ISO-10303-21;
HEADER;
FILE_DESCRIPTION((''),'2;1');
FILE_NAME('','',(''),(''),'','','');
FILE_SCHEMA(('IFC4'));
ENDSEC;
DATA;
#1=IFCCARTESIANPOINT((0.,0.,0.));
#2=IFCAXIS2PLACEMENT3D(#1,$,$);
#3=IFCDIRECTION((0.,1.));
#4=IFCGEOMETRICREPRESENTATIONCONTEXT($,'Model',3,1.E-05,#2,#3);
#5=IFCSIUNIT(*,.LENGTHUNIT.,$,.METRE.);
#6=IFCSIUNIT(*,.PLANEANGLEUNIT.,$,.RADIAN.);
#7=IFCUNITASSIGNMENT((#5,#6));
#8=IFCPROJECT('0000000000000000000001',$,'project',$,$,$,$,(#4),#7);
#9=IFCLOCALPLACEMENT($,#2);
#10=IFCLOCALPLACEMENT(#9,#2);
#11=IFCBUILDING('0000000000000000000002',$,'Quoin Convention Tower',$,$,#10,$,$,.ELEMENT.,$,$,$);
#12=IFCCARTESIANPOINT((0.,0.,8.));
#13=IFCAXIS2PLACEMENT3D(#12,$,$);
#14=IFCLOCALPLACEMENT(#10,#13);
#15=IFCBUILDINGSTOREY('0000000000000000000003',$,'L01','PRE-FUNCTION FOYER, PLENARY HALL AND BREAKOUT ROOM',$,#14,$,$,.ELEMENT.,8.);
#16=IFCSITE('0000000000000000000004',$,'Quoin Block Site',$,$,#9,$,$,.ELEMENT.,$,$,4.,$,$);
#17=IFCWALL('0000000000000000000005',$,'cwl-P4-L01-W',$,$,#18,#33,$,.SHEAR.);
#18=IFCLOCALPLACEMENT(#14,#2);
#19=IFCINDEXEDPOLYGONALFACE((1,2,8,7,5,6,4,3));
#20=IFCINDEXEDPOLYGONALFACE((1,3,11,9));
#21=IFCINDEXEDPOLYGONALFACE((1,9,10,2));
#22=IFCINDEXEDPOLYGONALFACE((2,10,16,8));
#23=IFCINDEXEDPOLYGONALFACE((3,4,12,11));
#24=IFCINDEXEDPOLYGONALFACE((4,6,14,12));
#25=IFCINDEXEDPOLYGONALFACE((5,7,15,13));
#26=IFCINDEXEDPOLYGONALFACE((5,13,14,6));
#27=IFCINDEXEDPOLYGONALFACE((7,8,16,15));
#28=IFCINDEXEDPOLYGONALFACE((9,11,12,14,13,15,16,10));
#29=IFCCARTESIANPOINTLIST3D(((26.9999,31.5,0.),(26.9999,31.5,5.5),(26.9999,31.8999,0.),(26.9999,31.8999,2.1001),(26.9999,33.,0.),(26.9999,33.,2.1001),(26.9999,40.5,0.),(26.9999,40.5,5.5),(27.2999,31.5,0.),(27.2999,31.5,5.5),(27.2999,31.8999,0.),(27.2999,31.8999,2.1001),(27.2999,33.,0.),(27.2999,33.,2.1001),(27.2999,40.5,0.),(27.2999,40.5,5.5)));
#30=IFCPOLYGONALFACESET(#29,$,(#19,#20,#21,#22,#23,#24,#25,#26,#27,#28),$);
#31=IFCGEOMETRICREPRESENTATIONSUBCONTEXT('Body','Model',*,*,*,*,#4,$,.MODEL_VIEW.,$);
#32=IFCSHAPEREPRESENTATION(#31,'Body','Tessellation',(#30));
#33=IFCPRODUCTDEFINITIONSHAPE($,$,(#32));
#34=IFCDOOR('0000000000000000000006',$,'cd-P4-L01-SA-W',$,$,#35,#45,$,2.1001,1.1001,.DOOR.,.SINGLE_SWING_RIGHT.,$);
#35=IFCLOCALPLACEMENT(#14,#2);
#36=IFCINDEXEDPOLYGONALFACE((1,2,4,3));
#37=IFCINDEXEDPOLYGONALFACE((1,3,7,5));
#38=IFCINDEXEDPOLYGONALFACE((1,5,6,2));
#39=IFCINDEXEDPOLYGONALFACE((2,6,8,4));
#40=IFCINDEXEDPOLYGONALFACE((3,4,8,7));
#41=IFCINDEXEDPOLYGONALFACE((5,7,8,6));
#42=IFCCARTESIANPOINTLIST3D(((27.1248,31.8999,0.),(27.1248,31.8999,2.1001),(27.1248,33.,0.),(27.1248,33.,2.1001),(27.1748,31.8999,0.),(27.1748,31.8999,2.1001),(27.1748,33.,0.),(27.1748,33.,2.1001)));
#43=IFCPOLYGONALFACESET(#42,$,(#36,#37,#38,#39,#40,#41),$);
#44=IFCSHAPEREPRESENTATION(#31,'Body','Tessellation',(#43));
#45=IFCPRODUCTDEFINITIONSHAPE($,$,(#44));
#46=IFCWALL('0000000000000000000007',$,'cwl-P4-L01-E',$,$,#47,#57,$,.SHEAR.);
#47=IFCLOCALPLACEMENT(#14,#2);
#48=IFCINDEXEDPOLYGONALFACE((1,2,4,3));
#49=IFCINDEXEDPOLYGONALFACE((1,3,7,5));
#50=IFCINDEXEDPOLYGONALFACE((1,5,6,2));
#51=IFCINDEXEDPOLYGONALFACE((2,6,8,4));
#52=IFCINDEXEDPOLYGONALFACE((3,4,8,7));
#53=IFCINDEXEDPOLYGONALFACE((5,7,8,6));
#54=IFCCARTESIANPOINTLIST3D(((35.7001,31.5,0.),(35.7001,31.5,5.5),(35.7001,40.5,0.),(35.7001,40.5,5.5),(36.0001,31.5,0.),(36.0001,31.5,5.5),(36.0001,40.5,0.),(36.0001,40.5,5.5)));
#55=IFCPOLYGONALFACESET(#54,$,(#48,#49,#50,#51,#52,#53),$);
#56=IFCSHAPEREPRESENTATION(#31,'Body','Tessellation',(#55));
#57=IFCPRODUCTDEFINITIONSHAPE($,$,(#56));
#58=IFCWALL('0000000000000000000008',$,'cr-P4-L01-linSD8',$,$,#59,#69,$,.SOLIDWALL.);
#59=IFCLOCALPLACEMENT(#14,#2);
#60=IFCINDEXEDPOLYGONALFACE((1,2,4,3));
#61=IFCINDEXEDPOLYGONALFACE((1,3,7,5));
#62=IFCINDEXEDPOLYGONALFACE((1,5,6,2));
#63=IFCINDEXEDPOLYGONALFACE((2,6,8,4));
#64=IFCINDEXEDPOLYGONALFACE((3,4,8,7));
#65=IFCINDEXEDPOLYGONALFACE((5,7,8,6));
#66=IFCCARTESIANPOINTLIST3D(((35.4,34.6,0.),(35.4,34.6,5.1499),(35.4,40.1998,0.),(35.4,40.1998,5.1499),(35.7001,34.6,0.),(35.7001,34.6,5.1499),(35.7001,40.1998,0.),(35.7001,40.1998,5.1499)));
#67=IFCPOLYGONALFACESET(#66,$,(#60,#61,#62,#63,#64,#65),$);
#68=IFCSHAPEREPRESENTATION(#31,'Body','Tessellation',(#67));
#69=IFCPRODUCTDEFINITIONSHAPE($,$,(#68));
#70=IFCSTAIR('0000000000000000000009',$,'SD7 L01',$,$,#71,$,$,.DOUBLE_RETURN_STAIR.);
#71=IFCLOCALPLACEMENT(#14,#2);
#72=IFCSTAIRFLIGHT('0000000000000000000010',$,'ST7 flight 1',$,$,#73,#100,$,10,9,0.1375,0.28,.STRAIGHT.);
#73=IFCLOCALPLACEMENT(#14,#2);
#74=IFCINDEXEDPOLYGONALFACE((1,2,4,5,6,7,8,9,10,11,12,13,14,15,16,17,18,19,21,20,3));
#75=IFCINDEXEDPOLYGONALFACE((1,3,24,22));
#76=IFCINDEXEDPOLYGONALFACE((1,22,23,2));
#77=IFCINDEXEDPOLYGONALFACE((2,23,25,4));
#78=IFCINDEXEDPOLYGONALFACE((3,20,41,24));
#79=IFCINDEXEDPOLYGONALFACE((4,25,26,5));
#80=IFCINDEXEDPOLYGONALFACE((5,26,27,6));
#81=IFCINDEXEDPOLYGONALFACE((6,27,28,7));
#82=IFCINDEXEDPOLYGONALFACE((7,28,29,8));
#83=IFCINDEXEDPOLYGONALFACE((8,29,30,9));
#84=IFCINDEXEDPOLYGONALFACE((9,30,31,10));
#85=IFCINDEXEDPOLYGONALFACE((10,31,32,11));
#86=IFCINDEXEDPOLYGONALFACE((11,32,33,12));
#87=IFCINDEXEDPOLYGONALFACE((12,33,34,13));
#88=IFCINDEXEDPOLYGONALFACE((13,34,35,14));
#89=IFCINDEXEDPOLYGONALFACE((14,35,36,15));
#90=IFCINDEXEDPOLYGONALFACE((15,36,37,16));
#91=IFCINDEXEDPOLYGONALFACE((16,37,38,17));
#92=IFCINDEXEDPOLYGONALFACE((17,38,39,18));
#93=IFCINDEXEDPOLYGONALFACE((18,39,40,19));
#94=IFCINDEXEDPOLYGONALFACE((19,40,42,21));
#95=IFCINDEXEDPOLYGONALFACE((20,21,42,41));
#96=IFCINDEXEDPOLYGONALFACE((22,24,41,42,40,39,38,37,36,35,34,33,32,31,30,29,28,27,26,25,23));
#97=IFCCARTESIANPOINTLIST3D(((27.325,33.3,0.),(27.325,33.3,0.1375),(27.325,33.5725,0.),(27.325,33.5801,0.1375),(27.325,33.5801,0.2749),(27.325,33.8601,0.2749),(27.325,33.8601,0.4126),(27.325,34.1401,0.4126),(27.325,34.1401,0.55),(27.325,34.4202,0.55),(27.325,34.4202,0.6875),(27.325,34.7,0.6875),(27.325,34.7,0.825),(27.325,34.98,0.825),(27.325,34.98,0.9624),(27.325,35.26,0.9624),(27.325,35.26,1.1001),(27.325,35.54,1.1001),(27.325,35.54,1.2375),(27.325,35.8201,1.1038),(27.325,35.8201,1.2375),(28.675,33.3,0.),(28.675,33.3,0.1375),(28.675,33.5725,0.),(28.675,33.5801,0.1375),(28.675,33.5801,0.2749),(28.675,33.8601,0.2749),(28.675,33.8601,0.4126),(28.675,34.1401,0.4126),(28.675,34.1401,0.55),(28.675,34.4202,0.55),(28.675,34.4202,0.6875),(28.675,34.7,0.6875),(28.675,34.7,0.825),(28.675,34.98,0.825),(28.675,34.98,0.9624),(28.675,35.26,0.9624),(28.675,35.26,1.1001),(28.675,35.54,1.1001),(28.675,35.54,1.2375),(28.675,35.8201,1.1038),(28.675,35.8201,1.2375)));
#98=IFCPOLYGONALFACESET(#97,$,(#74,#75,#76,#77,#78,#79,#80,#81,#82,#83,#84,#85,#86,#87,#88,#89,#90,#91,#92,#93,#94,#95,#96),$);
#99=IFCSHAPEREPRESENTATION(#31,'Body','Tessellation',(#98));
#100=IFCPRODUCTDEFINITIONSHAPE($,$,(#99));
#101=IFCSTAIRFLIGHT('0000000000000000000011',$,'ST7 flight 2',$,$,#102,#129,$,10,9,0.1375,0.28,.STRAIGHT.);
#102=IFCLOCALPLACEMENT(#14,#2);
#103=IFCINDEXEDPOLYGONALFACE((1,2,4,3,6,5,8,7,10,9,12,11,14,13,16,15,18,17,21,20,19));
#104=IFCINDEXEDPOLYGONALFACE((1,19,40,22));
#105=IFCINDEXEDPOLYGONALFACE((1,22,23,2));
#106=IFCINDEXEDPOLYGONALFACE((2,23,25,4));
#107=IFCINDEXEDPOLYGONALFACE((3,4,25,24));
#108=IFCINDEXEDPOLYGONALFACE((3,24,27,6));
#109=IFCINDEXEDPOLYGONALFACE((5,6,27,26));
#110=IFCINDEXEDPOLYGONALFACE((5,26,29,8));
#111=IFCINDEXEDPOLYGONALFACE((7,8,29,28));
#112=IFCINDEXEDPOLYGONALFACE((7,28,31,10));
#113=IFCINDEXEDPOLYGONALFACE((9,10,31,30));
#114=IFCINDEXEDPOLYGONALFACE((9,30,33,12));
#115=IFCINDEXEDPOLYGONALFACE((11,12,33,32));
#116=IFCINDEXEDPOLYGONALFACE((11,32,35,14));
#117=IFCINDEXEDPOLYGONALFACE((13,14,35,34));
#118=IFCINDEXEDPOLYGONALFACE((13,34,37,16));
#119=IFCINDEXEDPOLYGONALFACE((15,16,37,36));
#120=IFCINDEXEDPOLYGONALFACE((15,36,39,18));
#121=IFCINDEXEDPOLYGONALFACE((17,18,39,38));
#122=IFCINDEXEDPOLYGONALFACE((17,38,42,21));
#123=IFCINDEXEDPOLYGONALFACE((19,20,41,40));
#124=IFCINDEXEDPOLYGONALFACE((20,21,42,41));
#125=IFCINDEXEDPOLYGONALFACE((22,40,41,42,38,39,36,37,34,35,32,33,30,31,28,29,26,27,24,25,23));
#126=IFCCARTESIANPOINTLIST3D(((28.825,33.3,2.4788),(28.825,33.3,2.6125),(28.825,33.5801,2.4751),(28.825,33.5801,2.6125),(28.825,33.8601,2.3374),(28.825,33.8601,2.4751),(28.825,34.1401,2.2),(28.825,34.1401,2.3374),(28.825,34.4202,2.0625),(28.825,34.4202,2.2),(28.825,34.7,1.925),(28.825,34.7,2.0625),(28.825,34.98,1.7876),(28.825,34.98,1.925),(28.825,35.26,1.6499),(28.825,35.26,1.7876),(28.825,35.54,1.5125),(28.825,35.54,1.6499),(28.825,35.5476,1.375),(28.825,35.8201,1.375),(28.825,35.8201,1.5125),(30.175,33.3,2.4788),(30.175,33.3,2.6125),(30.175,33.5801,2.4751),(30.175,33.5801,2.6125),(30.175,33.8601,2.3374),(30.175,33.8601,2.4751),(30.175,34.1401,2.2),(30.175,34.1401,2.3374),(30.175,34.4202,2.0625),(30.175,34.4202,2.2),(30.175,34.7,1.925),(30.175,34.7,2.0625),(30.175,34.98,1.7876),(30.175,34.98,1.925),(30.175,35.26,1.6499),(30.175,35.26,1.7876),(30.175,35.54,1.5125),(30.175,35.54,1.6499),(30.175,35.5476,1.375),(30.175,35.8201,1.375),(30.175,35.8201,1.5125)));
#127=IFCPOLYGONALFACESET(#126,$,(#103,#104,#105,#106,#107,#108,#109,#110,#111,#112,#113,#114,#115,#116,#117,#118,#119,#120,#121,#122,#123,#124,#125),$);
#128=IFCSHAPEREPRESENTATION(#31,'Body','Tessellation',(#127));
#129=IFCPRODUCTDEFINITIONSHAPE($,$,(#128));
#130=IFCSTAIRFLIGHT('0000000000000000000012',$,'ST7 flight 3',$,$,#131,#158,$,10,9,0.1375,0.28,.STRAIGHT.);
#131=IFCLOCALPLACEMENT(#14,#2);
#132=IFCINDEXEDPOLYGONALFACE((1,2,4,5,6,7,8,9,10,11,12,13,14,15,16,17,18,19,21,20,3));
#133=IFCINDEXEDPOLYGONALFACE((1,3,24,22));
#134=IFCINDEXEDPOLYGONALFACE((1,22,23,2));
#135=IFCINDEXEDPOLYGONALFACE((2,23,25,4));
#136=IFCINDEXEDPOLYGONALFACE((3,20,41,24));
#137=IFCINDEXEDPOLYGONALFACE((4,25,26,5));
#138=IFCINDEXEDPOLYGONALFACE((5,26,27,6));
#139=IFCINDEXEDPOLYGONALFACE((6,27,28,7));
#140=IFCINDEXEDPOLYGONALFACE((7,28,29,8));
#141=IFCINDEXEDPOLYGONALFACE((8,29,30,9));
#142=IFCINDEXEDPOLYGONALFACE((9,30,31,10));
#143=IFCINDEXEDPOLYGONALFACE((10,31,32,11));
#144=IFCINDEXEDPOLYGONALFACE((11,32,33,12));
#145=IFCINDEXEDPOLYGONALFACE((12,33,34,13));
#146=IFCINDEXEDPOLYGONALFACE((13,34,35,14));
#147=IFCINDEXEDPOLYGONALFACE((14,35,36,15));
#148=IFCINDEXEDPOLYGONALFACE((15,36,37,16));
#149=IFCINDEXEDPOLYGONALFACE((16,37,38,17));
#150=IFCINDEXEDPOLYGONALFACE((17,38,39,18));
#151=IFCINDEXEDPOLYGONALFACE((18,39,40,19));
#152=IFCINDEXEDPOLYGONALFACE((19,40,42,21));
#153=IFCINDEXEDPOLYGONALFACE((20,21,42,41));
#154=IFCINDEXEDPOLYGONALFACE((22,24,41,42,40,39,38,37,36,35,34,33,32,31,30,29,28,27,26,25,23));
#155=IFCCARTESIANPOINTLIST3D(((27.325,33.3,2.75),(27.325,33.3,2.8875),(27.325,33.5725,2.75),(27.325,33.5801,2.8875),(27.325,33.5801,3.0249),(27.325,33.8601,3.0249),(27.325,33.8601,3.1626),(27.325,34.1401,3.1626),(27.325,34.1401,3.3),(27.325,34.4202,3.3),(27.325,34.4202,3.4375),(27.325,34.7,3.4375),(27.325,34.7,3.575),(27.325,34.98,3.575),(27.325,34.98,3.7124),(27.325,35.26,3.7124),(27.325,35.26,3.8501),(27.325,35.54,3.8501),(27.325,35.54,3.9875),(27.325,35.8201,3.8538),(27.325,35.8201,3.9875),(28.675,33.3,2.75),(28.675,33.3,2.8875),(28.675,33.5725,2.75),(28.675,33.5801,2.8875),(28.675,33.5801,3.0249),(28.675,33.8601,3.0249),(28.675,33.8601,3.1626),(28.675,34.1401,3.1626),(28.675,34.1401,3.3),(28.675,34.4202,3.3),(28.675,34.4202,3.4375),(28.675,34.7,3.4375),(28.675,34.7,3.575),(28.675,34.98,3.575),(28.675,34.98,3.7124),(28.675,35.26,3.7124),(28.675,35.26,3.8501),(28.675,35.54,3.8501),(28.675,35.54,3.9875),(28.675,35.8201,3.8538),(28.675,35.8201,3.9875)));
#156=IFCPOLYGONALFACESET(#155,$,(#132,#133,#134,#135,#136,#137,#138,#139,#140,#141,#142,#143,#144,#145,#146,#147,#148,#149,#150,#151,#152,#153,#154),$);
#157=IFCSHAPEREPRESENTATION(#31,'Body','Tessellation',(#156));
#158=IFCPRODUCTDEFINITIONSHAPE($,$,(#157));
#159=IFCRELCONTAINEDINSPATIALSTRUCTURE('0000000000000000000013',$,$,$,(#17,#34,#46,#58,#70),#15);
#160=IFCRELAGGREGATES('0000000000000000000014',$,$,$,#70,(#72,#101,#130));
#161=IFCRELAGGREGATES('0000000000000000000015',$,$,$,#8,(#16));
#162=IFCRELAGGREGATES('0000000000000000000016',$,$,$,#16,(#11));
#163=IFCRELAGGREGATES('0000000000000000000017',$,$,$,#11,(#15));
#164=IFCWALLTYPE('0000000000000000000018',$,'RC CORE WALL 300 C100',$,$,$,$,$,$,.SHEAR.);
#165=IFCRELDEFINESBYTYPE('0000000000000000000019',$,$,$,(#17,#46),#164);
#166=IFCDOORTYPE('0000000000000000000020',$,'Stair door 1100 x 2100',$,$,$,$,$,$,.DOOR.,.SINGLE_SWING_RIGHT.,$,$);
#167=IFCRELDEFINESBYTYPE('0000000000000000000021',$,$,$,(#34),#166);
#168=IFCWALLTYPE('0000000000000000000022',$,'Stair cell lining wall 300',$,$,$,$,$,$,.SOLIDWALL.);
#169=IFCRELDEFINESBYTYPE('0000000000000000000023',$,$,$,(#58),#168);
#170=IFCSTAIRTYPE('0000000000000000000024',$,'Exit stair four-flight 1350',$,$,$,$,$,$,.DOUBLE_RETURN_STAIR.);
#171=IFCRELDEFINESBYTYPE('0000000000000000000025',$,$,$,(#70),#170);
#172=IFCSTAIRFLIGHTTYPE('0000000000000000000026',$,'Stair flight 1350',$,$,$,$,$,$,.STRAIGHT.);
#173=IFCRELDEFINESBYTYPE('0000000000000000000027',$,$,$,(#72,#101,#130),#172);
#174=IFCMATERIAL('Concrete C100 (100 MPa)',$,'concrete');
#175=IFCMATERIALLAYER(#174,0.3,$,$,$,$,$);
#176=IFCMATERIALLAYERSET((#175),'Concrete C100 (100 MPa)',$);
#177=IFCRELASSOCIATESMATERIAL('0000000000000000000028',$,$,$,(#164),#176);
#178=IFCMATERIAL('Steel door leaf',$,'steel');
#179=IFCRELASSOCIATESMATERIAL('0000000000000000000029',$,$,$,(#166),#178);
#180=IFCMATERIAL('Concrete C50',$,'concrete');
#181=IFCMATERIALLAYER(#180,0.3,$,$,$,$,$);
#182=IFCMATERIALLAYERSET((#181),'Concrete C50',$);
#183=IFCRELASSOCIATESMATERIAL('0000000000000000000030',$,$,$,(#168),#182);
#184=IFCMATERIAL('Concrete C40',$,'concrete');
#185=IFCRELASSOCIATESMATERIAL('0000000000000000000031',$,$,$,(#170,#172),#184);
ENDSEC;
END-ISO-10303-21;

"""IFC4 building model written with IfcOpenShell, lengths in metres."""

from ifc_helpers import new_model, si_unit, direction, frame, frame_2d, origin, place, context, subcontext, project, spatial, polyline, rectangle, outline, extrude, material, layer, layer_set, type_object, element, fill, aggregate, save


model = new_model("IFC4")

# Units and contexts
model_context = context("Model", 3, precision=1e-05, world=origin(), true_north=direction((0.0, 1.0)))
body_context = subcontext(model_context, "Body", "Model", "MODEL_VIEW")
ifc_project = project(units=[si_unit("LENGTHUNIT", "METRE"), si_unit("PLANEANGLEUNIT", "RADIAN")], contexts=[model_context])

# Site, building, storey
site_placement = place(None, origin())
site = spatial("IfcSite", under=ifc_project, at=site_placement, Name="Quoin Block Site", CompositionType="ELEMENT", RefElevation=4.0)
building_placement = place(site_placement, origin())
building = spatial("IfcBuilding", under=site, at=building_placement, Name="Quoin Convention Tower", CompositionType="ELEMENT")
storey_placement = place(building_placement, frame((0.0, 0.0, 8.0)))
storey = spatial("IfcBuildingStorey", under=building, at=storey_placement, Name="L01", Description="PRE-FUNCTION FOYER, PLENARY HALL AND BREAKOUT ROOM", CompositionType="ELEMENT", Elevation=8.0)

# Shared definitions
ifc_material_1 = material(Name="Concrete C100 (100 MPa)", Category="concrete")

# Shared definitions
ifc_material_2 = material(Name="Steel door leaf", Category="steel")

# Shared definitions
ifc_material_3 = material(Name="Concrete C50", Category="concrete")

# Wall, opening, door
ifc_layer_1 = layer(ifc_material_1, 0.3)
ifc_layer_set_1 = layer_set([ifc_layer_1], Name="Concrete C100 (100 MPa)")
wall_type_1 = type_object("IfcWallType", Name="RC CORE WALL 300 C100", PredefinedType="SHEAR", material=ifc_layer_set_1)
wall_1_placement = place(storey_placement, frame((27.1499, 31.5, 0.0), z_axis=(0.0, 0.0, 1.0), x_axis=(0.0, 1.0, 0.0)))
wall_1 = element("IfcWall", 1, at=wall_1_placement, inside=storey, type_object=wall_type_1, Name="cwl-P4-L01-W", PredefinedType="SHEAR", context=body_context, shape_type="SweptSolid", body=[
    extrude(rectangle(XDim=9.0, YDim=0.3, at=frame_2d((4.5, 0.0))), origin(), (0.0, 0.0, 1.0), 5.5),
])
opening_1_placement = place(wall_1_placement, frame((0.3999, 0.0, 0.0)))
opening_1 = element("IfcOpeningElement", 2, at=opening_1_placement, cuts=wall_1, PredefinedType="OPENING", context=body_context, shape_type="SweptSolid", body=[
    extrude(rectangle(XDim=1.1001, YDim=2.1001, at=frame_2d((0.55, 1.05))), frame((0.0, 0.1599, 0.0), z_axis=(0.0, -1.0, 0.0), x_axis=(1.0, 0.0, 0.0)), (0.0, 0.0, 1.0), 0.3201),
])
door_type_1 = type_object("IfcDoorType", Name="Stair door 1100 x 2100", OperationType="SINGLE_SWING_RIGHT", PredefinedType="DOOR", material=ifc_material_2)
door_1_placement = place(opening_1_placement, frame((1.1001, 0.0, 0.0), z_axis=(0.0, 0.0, 1.0), x_axis=(-1.0, 0.0, 0.0)))
door_1 = element("IfcDoor", 3, at=door_1_placement, inside=storey, type_object=door_type_1, Name="cd-P4-L01-SA-W", OperationType="SINGLE_SWING_RIGHT", OverallHeight=2.1001, OverallWidth=1.1001, PredefinedType="DOOR", context=body_context, shape_type="SweptSolid", body=[
    extrude(rectangle(XDim=1.1001, YDim=2.1001, at=frame_2d((0.55, 1.05))), frame((0.0, 0.0249, 0.0), z_axis=(0.0, -1.0, 0.0), x_axis=(1.0, 0.0, 0.0)), (0.0, 0.0, 1.0), 0.05),
])
fill(opening_1, door_1)

# Walls
wall_2_placement = place(storey_placement, frame((35.8501, 31.5, 0.0), z_axis=(0.0, 0.0, 1.0), x_axis=(0.0, 1.0, 0.0)))
element("IfcWall", 4, at=wall_2_placement, inside=storey, type_object=wall_type_1, Name="cwl-P4-L01-E", PredefinedType="SHEAR", context=body_context, shape_type="SweptSolid", body=[
    extrude(rectangle(XDim=9.0, YDim=0.3, at=frame_2d((4.5, 0.0))), origin(), (0.0, 0.0, 1.0), 5.5),
])
ifc_layer_2 = layer(ifc_material_3, 0.3)
ifc_layer_set_2 = layer_set([ifc_layer_2], Name="Concrete C50")
wall_type_2 = type_object("IfcWallType", Name="Stair cell lining wall 300", PredefinedType="SOLIDWALL", material=ifc_layer_set_2)
wall_3_placement = place(storey_placement, frame((35.55, 34.6001, 0.0), z_axis=(0.0, 0.0, 1.0), x_axis=(0.0, 1.0, 0.0)))
element("IfcWall", 5, at=wall_3_placement, inside=storey, type_object=wall_type_2, Name="cr-P4-L01-linSD8", PredefinedType="SOLIDWALL", context=body_context, shape_type="SweptSolid", body=[
    extrude(rectangle(XDim=5.5999, YDim=0.3, at=frame_2d((2.7998, 0.0))), origin(), (0.0, 0.0, 1.0), 5.1499),
])

# Stair, stair flights
ifc_material_4 = material(Name="Concrete C40", Category="concrete")
stair_type = type_object("IfcStairType", Name="Exit stair four-flight 1350", PredefinedType="DOUBLE_RETURN_STAIR", material=ifc_material_4)
stair_placement = place(storey_placement, origin())
stair = element("IfcStair", 6, at=stair_placement, inside=storey, type_object=stair_type, Name="SD7 L01", PredefinedType="DOUBLE_RETURN_STAIR")
stair_flight_type = type_object("IfcStairFlightType", Name="Stair flight 1350", PredefinedType="STRAIGHT", material=ifc_material_4)
stair_flight_1_placement = place(storey_placement, frame((28.0, 33.3, 0.0), z_axis=(0.0, 0.0, 1.0), x_axis=(0.0, 1.0, 0.0)))
stair_flight_1 = element("IfcStairFlight", 7, at=stair_flight_1_placement, type_object=stair_flight_type, Name="ST7 flight 1", NumberOfRisers=10, NumberOfTreads=9, PredefinedType="STRAIGHT", RiserHeight=0.1375, TreadLength=0.28, context=body_context, shape_type="SweptSolid", body=[
    extrude(outline(polyline([(0.0, 0.0), (0.0, 0.1375), (0.28, 0.1375), (0.28, 0.2749), (0.5601, 0.2749), (0.5601, 0.4126), (0.8401, 0.4126), (0.8401, 0.55), (1.1201, 0.55), (1.1201, 0.6875), (1.3999, 0.6875), (1.3999, 0.825), (1.6799, 0.825), (1.6799, 0.9624), (1.96, 0.9624), (1.96, 1.1001), (2.24, 1.1001), (2.24, 1.2375), (2.52, 1.2375), (2.52, 1.375), (2.52, 1.1038), (0.2725, 0.0), (0.0, 0.0)])), frame((0.0, 0.675, 0.0), z_axis=(0.0, -1.0, 0.0), x_axis=(1.0, 0.0, 0.0)), (0.0, 0.0, 1.0), 1.3501),
])
stair_flight_2_placement = place(storey_placement, frame((29.5, 35.8201, 1.375), z_axis=(0.0, 0.0, 1.0), x_axis=(0.0, -1.0, 0.0)))
stair_flight_2 = element("IfcStairFlight", 8, at=stair_flight_2_placement, type_object=stair_flight_type, Name="ST7 flight 2", NumberOfRisers=10, NumberOfTreads=9, PredefinedType="STRAIGHT", RiserHeight=0.1375, TreadLength=0.28, context=body_context, shape_type="SweptSolid", body=[
    extrude(outline(polyline([(0.0, 0.0), (0.0, 0.1375), (0.28, 0.1375), (0.28, 0.2749), (0.5601, 0.2749), (0.5601, 0.4126), (0.8401, 0.4126), (0.8401, 0.55), (1.1201, 0.55), (1.1201, 0.6875), (1.3999, 0.6875), (1.3999, 0.825), (1.6799, 0.825), (1.6799, 0.9624), (1.96, 0.9624), (1.96, 1.1001), (2.24, 1.1001), (2.24, 1.2375), (2.52, 1.2375), (2.52, 1.375), (2.52, 1.1038), (0.2725, 0.0), (0.0, 0.0)])), frame((0.0, 0.675, 0.0), z_axis=(0.0, -1.0, 0.0), x_axis=(1.0, 0.0, 0.0)), (0.0, 0.0, 1.0), 1.3501),
])
stair_flight_3_placement = place(storey_placement, frame((28.0, 33.3, 2.75), z_axis=(0.0, 0.0, 1.0), x_axis=(0.0, 1.0, 0.0)))
stair_flight_3 = element("IfcStairFlight", 9, at=stair_flight_3_placement, type_object=stair_flight_type, Name="ST7 flight 3", NumberOfRisers=10, NumberOfTreads=9, PredefinedType="STRAIGHT", RiserHeight=0.1375, TreadLength=0.28, context=body_context, shape_type="SweptSolid", body=[
    extrude(outline(polyline([(0.0, 0.0), (0.0, 0.1375), (0.28, 0.1375), (0.28, 0.2749), (0.5601, 0.2749), (0.5601, 0.4126), (0.8401, 0.4126), (0.8401, 0.55), (1.1201, 0.55), (1.1201, 0.6875), (1.3999, 0.6875), (1.3999, 0.825), (1.6799, 0.825), (1.6799, 0.9624), (1.96, 0.9624), (1.96, 1.1001), (2.24, 1.1001), (2.24, 1.2375), (2.52, 1.2375), (2.52, 1.375), (2.52, 1.1038), (0.2725, 0.0), (0.0, 0.0)])), frame((0.0, 0.675, 0.0), z_axis=(0.0, -1.0, 0.0), x_axis=(1.0, 0.0, 0.0)), (0.0, 0.0, 1.0), 1.3501),
])
aggregate(stair, [stair_flight_1, stair_flight_2, stair_flight_3])

save(model, "model.ifc")
